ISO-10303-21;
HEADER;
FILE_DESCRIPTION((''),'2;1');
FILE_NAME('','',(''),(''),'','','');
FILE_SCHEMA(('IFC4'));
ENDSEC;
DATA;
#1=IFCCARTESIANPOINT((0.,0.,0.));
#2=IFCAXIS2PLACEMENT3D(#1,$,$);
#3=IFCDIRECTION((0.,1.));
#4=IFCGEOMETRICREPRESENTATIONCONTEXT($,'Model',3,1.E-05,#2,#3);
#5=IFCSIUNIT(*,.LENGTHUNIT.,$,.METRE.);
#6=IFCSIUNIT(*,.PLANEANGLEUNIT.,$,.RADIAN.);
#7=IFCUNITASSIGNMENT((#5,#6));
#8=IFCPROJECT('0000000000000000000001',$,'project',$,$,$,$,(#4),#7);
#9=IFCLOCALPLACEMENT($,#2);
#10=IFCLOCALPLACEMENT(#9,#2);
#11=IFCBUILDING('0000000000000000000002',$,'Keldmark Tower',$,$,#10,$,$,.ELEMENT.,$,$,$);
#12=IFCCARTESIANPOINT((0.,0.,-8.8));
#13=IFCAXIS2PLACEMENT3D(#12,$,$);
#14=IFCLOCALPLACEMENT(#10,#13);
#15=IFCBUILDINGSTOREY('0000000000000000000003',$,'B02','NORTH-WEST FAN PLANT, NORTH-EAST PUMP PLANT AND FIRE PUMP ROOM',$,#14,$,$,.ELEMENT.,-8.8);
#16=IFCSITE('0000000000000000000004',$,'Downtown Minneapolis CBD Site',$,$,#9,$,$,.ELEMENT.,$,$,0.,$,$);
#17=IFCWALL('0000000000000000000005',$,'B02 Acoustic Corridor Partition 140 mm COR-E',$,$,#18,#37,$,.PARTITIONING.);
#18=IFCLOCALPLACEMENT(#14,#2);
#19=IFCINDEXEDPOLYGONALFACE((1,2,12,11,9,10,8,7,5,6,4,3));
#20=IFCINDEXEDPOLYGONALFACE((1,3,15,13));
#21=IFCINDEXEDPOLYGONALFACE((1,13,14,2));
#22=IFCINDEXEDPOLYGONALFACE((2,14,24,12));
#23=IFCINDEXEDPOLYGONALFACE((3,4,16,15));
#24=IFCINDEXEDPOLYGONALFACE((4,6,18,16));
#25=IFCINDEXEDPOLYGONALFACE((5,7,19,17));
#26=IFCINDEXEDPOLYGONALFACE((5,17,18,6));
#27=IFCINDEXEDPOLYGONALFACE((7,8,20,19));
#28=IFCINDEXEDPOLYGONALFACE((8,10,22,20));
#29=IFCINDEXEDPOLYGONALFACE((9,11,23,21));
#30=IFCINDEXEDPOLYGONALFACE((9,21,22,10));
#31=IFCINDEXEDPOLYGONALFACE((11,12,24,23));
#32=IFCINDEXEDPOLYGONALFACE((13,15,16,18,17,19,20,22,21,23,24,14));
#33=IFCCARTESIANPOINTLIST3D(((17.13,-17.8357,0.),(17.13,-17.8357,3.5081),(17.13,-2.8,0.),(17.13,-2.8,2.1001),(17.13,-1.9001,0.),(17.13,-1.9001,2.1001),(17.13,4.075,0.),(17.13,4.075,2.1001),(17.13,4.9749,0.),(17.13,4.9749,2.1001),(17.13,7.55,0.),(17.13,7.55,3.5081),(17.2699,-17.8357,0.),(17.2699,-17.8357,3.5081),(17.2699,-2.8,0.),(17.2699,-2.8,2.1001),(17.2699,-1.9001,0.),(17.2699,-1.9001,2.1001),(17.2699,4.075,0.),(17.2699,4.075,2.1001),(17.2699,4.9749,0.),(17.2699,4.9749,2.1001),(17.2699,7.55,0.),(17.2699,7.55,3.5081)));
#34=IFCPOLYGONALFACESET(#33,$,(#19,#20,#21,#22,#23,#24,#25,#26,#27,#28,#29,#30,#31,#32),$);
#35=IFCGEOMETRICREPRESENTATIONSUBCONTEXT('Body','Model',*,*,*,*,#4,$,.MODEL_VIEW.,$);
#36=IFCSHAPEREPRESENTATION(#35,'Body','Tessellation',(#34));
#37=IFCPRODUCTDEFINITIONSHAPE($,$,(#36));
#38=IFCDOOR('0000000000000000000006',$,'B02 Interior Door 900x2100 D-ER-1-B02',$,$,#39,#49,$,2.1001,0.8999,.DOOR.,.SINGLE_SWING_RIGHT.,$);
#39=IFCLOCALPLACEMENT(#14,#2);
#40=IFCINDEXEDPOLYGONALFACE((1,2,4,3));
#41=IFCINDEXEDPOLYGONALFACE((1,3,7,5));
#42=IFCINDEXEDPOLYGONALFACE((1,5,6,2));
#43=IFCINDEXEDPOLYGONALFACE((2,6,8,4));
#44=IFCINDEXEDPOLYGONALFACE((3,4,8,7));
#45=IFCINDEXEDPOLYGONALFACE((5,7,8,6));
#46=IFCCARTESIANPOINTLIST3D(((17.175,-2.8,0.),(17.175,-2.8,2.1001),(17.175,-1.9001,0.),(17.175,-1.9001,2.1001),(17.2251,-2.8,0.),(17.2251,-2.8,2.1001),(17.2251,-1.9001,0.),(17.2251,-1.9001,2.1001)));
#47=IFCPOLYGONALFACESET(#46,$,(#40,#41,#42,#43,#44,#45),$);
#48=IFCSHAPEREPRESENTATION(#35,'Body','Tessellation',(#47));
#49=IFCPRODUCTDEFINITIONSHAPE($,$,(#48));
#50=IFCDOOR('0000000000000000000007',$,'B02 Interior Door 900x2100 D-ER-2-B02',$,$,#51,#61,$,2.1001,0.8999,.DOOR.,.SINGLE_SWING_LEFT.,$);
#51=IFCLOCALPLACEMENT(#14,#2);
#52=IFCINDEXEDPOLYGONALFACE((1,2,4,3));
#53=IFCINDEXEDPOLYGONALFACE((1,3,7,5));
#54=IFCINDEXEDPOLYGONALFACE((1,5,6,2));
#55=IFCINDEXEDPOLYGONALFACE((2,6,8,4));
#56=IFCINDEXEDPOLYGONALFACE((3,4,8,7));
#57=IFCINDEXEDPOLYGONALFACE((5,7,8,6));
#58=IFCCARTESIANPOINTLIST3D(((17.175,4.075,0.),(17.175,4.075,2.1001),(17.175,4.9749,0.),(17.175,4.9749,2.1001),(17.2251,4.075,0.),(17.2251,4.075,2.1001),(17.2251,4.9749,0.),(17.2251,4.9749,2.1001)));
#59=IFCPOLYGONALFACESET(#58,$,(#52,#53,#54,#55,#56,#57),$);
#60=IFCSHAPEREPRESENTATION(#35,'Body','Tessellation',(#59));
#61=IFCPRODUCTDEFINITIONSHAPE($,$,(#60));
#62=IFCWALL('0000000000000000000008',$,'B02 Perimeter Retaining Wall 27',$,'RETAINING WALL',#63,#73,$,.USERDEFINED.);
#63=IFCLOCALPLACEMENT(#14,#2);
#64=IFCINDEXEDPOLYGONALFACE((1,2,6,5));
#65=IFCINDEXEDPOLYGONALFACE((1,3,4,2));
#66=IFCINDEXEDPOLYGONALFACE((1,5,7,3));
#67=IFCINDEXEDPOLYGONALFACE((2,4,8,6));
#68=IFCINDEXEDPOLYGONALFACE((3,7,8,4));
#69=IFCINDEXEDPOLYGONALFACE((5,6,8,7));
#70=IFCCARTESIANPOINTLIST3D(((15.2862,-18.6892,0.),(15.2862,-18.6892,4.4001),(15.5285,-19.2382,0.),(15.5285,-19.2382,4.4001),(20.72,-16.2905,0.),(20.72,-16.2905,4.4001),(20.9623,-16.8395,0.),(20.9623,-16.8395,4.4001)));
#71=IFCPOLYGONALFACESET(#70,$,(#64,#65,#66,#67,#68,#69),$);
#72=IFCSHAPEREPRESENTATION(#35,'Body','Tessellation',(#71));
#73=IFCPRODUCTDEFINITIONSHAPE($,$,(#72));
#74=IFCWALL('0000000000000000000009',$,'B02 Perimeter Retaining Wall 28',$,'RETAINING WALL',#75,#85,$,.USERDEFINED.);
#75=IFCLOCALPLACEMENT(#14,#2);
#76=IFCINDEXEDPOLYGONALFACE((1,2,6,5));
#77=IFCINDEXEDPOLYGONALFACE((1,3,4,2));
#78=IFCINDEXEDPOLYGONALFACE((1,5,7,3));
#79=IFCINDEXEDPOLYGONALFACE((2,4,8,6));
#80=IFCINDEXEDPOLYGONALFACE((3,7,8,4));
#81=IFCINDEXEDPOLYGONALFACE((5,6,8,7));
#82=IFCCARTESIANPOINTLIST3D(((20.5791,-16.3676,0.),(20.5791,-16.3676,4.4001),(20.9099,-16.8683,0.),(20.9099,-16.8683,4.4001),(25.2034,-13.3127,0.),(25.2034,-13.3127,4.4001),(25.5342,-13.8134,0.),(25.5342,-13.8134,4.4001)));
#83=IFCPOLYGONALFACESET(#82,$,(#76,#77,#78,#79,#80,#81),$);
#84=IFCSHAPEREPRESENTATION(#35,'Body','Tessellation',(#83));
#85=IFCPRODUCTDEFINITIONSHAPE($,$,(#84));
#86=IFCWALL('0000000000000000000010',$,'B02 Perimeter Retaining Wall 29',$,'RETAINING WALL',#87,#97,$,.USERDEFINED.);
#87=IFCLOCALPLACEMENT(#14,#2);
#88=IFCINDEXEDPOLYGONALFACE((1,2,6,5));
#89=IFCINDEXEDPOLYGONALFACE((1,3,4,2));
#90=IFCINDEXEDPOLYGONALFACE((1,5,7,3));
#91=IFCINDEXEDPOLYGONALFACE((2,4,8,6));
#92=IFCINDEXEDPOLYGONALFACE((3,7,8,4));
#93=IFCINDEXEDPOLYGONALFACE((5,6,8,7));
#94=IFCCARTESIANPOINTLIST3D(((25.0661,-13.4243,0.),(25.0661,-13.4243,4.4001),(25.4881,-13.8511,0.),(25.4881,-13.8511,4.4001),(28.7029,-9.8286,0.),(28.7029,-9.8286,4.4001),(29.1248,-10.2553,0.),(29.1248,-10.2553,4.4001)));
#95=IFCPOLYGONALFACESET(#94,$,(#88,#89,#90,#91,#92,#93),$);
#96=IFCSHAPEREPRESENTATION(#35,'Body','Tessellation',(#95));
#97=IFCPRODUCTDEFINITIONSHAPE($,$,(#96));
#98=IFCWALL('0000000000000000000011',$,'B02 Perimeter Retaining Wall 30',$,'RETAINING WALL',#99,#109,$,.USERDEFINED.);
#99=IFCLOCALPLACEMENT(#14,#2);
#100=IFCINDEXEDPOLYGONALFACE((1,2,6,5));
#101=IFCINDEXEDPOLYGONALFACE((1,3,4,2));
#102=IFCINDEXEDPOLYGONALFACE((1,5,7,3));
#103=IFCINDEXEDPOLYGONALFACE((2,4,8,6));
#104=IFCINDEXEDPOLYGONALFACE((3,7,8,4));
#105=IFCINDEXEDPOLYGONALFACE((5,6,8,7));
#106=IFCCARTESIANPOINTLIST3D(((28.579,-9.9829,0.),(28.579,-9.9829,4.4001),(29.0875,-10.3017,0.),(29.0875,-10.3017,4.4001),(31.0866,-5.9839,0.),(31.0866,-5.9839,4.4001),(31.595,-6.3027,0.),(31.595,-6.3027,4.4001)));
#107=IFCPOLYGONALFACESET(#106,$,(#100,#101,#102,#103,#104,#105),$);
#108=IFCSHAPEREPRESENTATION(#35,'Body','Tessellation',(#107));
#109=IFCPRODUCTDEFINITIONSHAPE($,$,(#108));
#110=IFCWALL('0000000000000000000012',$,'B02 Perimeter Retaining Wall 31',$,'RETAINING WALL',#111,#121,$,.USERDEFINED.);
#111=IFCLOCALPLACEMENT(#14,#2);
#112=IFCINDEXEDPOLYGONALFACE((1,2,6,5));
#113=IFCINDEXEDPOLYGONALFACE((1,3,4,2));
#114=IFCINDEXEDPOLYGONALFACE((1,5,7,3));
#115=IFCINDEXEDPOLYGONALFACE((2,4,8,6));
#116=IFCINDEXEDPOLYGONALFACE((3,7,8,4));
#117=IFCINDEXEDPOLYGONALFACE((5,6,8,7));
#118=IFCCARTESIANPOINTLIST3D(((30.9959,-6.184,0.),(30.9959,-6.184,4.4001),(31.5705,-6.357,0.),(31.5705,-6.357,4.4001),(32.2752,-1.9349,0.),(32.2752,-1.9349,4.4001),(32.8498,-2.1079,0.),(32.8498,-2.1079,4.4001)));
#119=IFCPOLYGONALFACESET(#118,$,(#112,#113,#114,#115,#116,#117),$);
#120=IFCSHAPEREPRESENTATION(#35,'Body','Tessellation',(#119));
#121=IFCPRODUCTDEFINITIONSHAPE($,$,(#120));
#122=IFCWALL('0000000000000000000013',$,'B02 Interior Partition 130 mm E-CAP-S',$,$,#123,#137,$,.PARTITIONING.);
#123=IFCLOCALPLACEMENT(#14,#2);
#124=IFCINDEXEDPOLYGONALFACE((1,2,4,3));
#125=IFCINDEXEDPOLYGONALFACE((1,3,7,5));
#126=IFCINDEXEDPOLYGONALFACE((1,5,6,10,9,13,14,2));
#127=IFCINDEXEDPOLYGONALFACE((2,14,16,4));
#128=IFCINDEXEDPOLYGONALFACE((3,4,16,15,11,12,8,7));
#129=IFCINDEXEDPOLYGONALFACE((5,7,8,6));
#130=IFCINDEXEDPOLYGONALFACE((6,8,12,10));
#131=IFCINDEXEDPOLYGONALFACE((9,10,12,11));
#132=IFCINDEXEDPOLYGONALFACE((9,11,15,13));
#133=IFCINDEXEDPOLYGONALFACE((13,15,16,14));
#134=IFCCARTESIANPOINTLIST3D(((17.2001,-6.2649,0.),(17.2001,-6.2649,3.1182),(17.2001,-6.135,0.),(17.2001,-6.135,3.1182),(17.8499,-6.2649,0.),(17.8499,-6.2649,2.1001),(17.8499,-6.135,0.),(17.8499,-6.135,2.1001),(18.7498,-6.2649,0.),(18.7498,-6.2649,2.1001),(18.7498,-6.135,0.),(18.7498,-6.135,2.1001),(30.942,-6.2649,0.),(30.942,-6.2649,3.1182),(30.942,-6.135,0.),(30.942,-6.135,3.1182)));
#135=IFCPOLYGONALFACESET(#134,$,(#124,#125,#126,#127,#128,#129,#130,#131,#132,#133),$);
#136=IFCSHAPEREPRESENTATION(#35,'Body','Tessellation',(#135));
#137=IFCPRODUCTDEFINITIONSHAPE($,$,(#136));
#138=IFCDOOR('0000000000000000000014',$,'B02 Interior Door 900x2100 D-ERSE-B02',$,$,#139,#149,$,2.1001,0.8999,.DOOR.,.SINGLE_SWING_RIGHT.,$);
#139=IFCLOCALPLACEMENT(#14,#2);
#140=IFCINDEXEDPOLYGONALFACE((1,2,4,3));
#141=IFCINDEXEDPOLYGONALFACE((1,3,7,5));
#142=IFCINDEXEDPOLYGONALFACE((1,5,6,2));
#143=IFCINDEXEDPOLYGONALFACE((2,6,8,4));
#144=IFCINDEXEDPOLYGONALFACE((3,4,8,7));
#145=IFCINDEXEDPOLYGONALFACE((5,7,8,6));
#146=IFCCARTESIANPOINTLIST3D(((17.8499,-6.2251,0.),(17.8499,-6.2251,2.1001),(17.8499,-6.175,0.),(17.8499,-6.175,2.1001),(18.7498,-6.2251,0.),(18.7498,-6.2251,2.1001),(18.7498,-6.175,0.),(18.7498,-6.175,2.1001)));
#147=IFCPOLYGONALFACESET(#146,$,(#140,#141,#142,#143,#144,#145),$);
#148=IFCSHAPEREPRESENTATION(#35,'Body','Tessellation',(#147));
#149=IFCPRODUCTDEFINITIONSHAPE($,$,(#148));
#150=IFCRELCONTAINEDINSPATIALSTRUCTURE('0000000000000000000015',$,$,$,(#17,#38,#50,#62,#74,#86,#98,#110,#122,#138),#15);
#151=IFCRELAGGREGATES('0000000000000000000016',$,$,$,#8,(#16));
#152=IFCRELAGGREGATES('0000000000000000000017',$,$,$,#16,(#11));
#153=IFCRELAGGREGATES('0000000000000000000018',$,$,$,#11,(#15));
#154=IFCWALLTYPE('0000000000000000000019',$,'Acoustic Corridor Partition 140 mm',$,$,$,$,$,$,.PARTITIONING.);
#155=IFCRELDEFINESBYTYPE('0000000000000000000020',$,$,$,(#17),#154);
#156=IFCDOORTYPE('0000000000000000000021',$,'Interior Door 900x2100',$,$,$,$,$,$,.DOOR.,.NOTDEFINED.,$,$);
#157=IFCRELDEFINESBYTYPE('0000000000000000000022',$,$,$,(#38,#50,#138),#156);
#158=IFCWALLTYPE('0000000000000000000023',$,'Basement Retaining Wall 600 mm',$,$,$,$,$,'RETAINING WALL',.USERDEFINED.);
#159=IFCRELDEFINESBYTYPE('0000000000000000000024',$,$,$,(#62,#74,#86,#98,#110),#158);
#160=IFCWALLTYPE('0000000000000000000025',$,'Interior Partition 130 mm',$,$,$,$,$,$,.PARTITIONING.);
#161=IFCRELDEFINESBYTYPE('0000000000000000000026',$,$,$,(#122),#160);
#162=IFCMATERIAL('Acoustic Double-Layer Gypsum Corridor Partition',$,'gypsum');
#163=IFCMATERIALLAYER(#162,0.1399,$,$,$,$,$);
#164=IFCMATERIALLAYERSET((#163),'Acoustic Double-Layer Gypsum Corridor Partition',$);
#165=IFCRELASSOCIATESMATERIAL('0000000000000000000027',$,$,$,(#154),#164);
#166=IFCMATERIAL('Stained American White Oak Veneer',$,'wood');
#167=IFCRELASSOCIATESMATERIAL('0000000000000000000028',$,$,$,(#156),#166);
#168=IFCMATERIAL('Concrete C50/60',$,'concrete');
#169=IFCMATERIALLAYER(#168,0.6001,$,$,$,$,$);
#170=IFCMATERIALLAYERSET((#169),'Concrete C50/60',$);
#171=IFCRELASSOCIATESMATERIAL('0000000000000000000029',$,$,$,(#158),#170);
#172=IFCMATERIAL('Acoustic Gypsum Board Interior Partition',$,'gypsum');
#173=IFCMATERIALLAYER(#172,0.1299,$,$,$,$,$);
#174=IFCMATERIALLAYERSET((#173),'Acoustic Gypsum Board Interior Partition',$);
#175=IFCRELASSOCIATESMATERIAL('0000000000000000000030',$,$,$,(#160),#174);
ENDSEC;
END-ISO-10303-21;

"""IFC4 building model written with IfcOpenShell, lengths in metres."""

from ifc_helpers import new_model, si_unit, direction, frame, frame_2d, origin, place, context, subcontext, project, spatial, rectangle, extrude, material, layer, layer_set, type_object, element, fill, save


model = new_model("IFC4")

# Units and contexts
model_context = context("Model", 3, precision=1e-05, world=origin(), true_north=direction((0.0, 1.0)))
body_context = subcontext(model_context, "Body", "Model", "MODEL_VIEW")
ifc_project = project(units=[si_unit("LENGTHUNIT", "METRE"), si_unit("PLANEANGLEUNIT", "RADIAN")], contexts=[model_context])

# Site, building, storey
site_placement = place(None, origin())
site = spatial("IfcSite", under=ifc_project, at=site_placement, Name="Downtown Minneapolis CBD Site", CompositionType="ELEMENT", RefElevation=0.0)
building_placement = place(site_placement, origin())
building = spatial("IfcBuilding", under=site, at=building_placement, Name="Keldmark Tower", CompositionType="ELEMENT")
storey_placement = place(building_placement, frame((0.0, 0.0, -8.8)))
storey = spatial("IfcBuildingStorey", under=building, at=storey_placement, Name="B02", Description="NORTH-WEST FAN PLANT, NORTH-EAST PUMP PLANT AND FIRE PUMP ROOM", CompositionType="ELEMENT", Elevation=-8.8)

# Wall, openings, doors
ifc_material_1 = material(Name="Acoustic Double-Layer Gypsum Corridor Partition", Category="gypsum")
ifc_layer_1 = layer(ifc_material_1, 0.1399)
ifc_layer_set_1 = layer_set([ifc_layer_1], Name="Acoustic Double-Layer Gypsum Corridor Partition")
wall_type_1 = type_object("IfcWallType", Name="Acoustic Corridor Partition 140 mm", PredefinedType="PARTITIONING", material=ifc_layer_set_1)
wall_1_placement = place(storey_placement, frame((17.2, -17.8357, 0.0), z_axis=(0.0, 0.0, 1.0), x_axis=(0.0, 1.0, 0.0)))
wall_1 = element("IfcWall", 1, at=wall_1_placement, inside=storey, type_object=wall_type_1, Name="B02 Acoustic Corridor Partition 140 mm COR-E", PredefinedType="PARTITIONING", context=body_context, shape_type="SweptSolid", body=[
    extrude(rectangle(XDim=25.3857, YDim=0.1399, at=frame_2d((12.6929, 0.0))), origin(), (0.0, 0.0, 1.0), 3.5081),
])
opening_1_placement = place(wall_1_placement, frame((15.0356, 0.0, 0.0)))
opening_1 = element("IfcOpeningElement", 2, at=opening_1_placement, cuts=wall_1, PredefinedType="OPENING", context=body_context, shape_type="SweptSolid", body=[
    extrude(rectangle(XDim=0.8999, YDim=2.1001, at=frame_2d((0.45, 1.05))), frame((0.0, 0.0798, 0.0), z_axis=(0.0, -1.0, 0.0), x_axis=(1.0, 0.0, 0.0)), (0.0, 0.0, 1.0), 0.1599),
])
opening_2_placement = place(wall_1_placement, frame((21.9106, 0.0, 0.0)))
opening_2 = element("IfcOpeningElement", 3, at=opening_2_placement, cuts=wall_1, PredefinedType="OPENING", context=body_context, shape_type="SweptSolid", body=[
    extrude(rectangle(XDim=0.8999, YDim=2.1001, at=frame_2d((0.45, 1.05))), frame((0.0, 0.0798, 0.0), z_axis=(0.0, -1.0, 0.0), x_axis=(1.0, 0.0, 0.0)), (0.0, 0.0, 1.0), 0.1599),
])
ifc_material_2 = material(Name="Stained American White Oak Veneer", Category="wood")
door_type = type_object("IfcDoorType", Name="Interior Door 900x2100", OperationType="NOTDEFINED", PredefinedType="DOOR", material=ifc_material_2)
door_1_placement = place(opening_1_placement, origin())
door_1 = element("IfcDoor", 4, at=door_1_placement, inside=storey, type_object=door_type, Name="B02 Interior Door 900x2100 D-ER-1-B02", OperationType="SINGLE_SWING_RIGHT", OverallHeight=2.1001, OverallWidth=0.8999, PredefinedType="DOOR", context=body_context, shape_type="SweptSolid", body=[
    extrude(rectangle(XDim=0.8999, YDim=2.1001, at=frame_2d((0.45, 1.05))), frame((0.0, 0.0249, 0.0), z_axis=(0.0, -1.0, 0.0), x_axis=(1.0, 0.0, 0.0)), (0.0, 0.0, 1.0), 0.05),
])
fill(opening_1, door_1)
door_2_placement = place(opening_2_placement, origin())
door_2 = element("IfcDoor", 5, at=door_2_placement, inside=storey, type_object=door_type, Name="B02 Interior Door 900x2100 D-ER-2-B02", OperationType="SINGLE_SWING_LEFT", OverallHeight=2.1001, OverallWidth=0.8999, PredefinedType="DOOR", context=body_context, shape_type="SweptSolid", body=[
    extrude(rectangle(XDim=0.8999, YDim=2.1001, at=frame_2d((0.45, 1.05))), frame((0.0, 0.0249, 0.0), z_axis=(0.0, -1.0, 0.0), x_axis=(1.0, 0.0, 0.0)), (0.0, 0.0, 1.0), 0.05),
])
fill(opening_2, door_2)

# Walls
ifc_material_3 = material(Name="Concrete C50/60", Category="concrete")
ifc_layer_2 = layer(ifc_material_3, 0.6001)
ifc_layer_set_2 = layer_set([ifc_layer_2], Name="Concrete C50/60")
wall_type_2 = type_object("IfcWallType", Name="Basement Retaining Wall 600 mm", ElementType="RETAINING WALL", PredefinedType="USERDEFINED", material=ifc_layer_set_2)
wall_2_placement = place(storey_placement, frame((15.4075, -18.9636, 0.0), z_axis=(0.0, 0.0, 1.0), x_axis=(0.914831, 0.403838, 0.0)))
element("IfcWall", 6, at=wall_2_placement, inside=storey, type_object=wall_type_2, Name="B02 Perimeter Retaining Wall 27", ObjectType="RETAINING WALL", PredefinedType="USERDEFINED", context=body_context, shape_type="SweptSolid", body=[
    extrude(rectangle(XDim=5.9397, YDim=0.6001, at=frame_2d((2.9697, 0.0))), origin(), (0.0, 0.0, 1.0), 4.4001),
])
wall_3_placement = place(storey_placement, frame((20.7446, -16.6179, 0.0), z_axis=(0.0, 0.0, 1.0), x_axis=(0.834368, 0.551209, 0.0)))
element("IfcWall", 7, at=wall_3_placement, inside=storey, type_object=wall_type_2, Name="B02 Perimeter Retaining Wall 28", ObjectType="RETAINING WALL", PredefinedType="USERDEFINED", context=body_context, shape_type="SweptSolid", body=[
    extrude(rectangle(XDim=5.5422, YDim=0.6001, at=frame_2d((2.771, 0.0))), origin(), (0.0, 0.0, 1.0), 4.4001),
])
wall_4_placement = place(storey_placement, frame((25.2771, -13.6377, 0.0), z_axis=(0.0, 0.0, 1.0), x_axis=(0.711105, 0.703085, 0.0)))
element("IfcWall", 8, at=wall_4_placement, inside=storey, type_object=wall_type_2, Name="B02 Perimeter Retaining Wall 29", ObjectType="RETAINING WALL", PredefinedType="USERDEFINED", context=body_context, shape_type="SweptSolid", body=[
    extrude(rectangle(XDim=5.1143, YDim=0.6001, at=frame_2d((2.5571, 0.0))), origin(), (0.0, 0.0, 1.0), 4.4001),
])
wall_5_placement = place(storey_placement, frame((28.8333, -10.1423, 0.0), z_axis=(0.0, 0.0, 1.0), x_axis=(0.531244, 0.847219, 0.0)))
element("IfcWall", 9, at=wall_5_placement, inside=storey, type_object=wall_type_2, Name="B02 Perimeter Retaining Wall 30", ObjectType="RETAINING WALL", PredefinedType="USERDEFINED", context=body_context, shape_type="SweptSolid", body=[
    extrude(rectangle(XDim=4.7202, YDim=0.6001, at=frame_2d((2.3601, 0.0))), origin(), (0.0, 0.0, 1.0), 4.4001),
])
wall_6_placement = place(storey_placement, frame((31.2832, -6.2705, 0.0), z_axis=(0.0, 0.0, 1.0), x_axis=(0.288297, 0.957541, 0.0)))
element("IfcWall", 10, at=wall_6_placement, inside=storey, type_object=wall_type_2, Name="B02 Perimeter Retaining Wall 31", ObjectType="RETAINING WALL", PredefinedType="USERDEFINED", context=body_context, shape_type="SweptSolid", body=[
    extrude(rectangle(XDim=4.4375, YDim=0.6001, at=frame_2d((2.2188, 0.0))), origin(), (0.0, 0.0, 1.0), 4.4001),
])

# Wall, opening, door
ifc_material_4 = material(Name="Acoustic Gypsum Board Interior Partition", Category="gypsum")
ifc_layer_3 = layer(ifc_material_4, 0.1299)
ifc_layer_set_3 = layer_set([ifc_layer_3], Name="Acoustic Gypsum Board Interior Partition")
wall_type_3 = type_object("IfcWallType", Name="Interior Partition 130 mm", PredefinedType="PARTITIONING", material=ifc_layer_set_3)
wall_7_placement = place(storey_placement, frame((17.2, -6.2, 0.0), z_axis=(0.0, 0.0, 1.0), x_axis=(1.0, 0.0, 0.0)))
wall_7 = element("IfcWall", 11, at=wall_7_placement, inside=storey, type_object=wall_type_3, Name="B02 Interior Partition 130 mm E-CAP-S", PredefinedType="PARTITIONING", context=body_context, shape_type="SweptSolid", body=[
    extrude(rectangle(XDim=13.7419, YDim=0.1299, at=frame_2d((6.8711, 0.0))), origin(), (0.0, 0.0, 1.0), 3.1182),
])
opening_3_placement = place(wall_7_placement, frame((0.6499, 0.0, 0.0)))
opening_3 = element("IfcOpeningElement", 12, at=opening_3_placement, cuts=wall_7, PredefinedType="OPENING", context=body_context, shape_type="SweptSolid", body=[
    extrude(rectangle(XDim=0.8999, YDim=2.1001, at=frame_2d((0.45, 1.05))), frame((0.0, 0.075, 0.0), z_axis=(0.0, -1.0, 0.0), x_axis=(1.0, 0.0, 0.0)), (0.0, 0.0, 1.0), 0.1499),
])
door_3_placement = place(opening_3_placement, origin())
door_3 = element("IfcDoor", 13, at=door_3_placement, inside=storey, type_object=door_type, Name="B02 Interior Door 900x2100 D-ERSE-B02", OperationType="SINGLE_SWING_RIGHT", OverallHeight=2.1001, OverallWidth=0.8999, PredefinedType="DOOR", context=body_context, shape_type="SweptSolid", body=[
    extrude(rectangle(XDim=0.8999, YDim=2.1001, at=frame_2d((0.45, 1.05))), frame((0.0, 0.0249, 0.0), z_axis=(0.0, -1.0, 0.0), x_axis=(1.0, 0.0, 0.0)), (0.0, 0.0, 1.0), 0.05),
])
fill(opening_3, door_3)

save(model, "model.ifc")
